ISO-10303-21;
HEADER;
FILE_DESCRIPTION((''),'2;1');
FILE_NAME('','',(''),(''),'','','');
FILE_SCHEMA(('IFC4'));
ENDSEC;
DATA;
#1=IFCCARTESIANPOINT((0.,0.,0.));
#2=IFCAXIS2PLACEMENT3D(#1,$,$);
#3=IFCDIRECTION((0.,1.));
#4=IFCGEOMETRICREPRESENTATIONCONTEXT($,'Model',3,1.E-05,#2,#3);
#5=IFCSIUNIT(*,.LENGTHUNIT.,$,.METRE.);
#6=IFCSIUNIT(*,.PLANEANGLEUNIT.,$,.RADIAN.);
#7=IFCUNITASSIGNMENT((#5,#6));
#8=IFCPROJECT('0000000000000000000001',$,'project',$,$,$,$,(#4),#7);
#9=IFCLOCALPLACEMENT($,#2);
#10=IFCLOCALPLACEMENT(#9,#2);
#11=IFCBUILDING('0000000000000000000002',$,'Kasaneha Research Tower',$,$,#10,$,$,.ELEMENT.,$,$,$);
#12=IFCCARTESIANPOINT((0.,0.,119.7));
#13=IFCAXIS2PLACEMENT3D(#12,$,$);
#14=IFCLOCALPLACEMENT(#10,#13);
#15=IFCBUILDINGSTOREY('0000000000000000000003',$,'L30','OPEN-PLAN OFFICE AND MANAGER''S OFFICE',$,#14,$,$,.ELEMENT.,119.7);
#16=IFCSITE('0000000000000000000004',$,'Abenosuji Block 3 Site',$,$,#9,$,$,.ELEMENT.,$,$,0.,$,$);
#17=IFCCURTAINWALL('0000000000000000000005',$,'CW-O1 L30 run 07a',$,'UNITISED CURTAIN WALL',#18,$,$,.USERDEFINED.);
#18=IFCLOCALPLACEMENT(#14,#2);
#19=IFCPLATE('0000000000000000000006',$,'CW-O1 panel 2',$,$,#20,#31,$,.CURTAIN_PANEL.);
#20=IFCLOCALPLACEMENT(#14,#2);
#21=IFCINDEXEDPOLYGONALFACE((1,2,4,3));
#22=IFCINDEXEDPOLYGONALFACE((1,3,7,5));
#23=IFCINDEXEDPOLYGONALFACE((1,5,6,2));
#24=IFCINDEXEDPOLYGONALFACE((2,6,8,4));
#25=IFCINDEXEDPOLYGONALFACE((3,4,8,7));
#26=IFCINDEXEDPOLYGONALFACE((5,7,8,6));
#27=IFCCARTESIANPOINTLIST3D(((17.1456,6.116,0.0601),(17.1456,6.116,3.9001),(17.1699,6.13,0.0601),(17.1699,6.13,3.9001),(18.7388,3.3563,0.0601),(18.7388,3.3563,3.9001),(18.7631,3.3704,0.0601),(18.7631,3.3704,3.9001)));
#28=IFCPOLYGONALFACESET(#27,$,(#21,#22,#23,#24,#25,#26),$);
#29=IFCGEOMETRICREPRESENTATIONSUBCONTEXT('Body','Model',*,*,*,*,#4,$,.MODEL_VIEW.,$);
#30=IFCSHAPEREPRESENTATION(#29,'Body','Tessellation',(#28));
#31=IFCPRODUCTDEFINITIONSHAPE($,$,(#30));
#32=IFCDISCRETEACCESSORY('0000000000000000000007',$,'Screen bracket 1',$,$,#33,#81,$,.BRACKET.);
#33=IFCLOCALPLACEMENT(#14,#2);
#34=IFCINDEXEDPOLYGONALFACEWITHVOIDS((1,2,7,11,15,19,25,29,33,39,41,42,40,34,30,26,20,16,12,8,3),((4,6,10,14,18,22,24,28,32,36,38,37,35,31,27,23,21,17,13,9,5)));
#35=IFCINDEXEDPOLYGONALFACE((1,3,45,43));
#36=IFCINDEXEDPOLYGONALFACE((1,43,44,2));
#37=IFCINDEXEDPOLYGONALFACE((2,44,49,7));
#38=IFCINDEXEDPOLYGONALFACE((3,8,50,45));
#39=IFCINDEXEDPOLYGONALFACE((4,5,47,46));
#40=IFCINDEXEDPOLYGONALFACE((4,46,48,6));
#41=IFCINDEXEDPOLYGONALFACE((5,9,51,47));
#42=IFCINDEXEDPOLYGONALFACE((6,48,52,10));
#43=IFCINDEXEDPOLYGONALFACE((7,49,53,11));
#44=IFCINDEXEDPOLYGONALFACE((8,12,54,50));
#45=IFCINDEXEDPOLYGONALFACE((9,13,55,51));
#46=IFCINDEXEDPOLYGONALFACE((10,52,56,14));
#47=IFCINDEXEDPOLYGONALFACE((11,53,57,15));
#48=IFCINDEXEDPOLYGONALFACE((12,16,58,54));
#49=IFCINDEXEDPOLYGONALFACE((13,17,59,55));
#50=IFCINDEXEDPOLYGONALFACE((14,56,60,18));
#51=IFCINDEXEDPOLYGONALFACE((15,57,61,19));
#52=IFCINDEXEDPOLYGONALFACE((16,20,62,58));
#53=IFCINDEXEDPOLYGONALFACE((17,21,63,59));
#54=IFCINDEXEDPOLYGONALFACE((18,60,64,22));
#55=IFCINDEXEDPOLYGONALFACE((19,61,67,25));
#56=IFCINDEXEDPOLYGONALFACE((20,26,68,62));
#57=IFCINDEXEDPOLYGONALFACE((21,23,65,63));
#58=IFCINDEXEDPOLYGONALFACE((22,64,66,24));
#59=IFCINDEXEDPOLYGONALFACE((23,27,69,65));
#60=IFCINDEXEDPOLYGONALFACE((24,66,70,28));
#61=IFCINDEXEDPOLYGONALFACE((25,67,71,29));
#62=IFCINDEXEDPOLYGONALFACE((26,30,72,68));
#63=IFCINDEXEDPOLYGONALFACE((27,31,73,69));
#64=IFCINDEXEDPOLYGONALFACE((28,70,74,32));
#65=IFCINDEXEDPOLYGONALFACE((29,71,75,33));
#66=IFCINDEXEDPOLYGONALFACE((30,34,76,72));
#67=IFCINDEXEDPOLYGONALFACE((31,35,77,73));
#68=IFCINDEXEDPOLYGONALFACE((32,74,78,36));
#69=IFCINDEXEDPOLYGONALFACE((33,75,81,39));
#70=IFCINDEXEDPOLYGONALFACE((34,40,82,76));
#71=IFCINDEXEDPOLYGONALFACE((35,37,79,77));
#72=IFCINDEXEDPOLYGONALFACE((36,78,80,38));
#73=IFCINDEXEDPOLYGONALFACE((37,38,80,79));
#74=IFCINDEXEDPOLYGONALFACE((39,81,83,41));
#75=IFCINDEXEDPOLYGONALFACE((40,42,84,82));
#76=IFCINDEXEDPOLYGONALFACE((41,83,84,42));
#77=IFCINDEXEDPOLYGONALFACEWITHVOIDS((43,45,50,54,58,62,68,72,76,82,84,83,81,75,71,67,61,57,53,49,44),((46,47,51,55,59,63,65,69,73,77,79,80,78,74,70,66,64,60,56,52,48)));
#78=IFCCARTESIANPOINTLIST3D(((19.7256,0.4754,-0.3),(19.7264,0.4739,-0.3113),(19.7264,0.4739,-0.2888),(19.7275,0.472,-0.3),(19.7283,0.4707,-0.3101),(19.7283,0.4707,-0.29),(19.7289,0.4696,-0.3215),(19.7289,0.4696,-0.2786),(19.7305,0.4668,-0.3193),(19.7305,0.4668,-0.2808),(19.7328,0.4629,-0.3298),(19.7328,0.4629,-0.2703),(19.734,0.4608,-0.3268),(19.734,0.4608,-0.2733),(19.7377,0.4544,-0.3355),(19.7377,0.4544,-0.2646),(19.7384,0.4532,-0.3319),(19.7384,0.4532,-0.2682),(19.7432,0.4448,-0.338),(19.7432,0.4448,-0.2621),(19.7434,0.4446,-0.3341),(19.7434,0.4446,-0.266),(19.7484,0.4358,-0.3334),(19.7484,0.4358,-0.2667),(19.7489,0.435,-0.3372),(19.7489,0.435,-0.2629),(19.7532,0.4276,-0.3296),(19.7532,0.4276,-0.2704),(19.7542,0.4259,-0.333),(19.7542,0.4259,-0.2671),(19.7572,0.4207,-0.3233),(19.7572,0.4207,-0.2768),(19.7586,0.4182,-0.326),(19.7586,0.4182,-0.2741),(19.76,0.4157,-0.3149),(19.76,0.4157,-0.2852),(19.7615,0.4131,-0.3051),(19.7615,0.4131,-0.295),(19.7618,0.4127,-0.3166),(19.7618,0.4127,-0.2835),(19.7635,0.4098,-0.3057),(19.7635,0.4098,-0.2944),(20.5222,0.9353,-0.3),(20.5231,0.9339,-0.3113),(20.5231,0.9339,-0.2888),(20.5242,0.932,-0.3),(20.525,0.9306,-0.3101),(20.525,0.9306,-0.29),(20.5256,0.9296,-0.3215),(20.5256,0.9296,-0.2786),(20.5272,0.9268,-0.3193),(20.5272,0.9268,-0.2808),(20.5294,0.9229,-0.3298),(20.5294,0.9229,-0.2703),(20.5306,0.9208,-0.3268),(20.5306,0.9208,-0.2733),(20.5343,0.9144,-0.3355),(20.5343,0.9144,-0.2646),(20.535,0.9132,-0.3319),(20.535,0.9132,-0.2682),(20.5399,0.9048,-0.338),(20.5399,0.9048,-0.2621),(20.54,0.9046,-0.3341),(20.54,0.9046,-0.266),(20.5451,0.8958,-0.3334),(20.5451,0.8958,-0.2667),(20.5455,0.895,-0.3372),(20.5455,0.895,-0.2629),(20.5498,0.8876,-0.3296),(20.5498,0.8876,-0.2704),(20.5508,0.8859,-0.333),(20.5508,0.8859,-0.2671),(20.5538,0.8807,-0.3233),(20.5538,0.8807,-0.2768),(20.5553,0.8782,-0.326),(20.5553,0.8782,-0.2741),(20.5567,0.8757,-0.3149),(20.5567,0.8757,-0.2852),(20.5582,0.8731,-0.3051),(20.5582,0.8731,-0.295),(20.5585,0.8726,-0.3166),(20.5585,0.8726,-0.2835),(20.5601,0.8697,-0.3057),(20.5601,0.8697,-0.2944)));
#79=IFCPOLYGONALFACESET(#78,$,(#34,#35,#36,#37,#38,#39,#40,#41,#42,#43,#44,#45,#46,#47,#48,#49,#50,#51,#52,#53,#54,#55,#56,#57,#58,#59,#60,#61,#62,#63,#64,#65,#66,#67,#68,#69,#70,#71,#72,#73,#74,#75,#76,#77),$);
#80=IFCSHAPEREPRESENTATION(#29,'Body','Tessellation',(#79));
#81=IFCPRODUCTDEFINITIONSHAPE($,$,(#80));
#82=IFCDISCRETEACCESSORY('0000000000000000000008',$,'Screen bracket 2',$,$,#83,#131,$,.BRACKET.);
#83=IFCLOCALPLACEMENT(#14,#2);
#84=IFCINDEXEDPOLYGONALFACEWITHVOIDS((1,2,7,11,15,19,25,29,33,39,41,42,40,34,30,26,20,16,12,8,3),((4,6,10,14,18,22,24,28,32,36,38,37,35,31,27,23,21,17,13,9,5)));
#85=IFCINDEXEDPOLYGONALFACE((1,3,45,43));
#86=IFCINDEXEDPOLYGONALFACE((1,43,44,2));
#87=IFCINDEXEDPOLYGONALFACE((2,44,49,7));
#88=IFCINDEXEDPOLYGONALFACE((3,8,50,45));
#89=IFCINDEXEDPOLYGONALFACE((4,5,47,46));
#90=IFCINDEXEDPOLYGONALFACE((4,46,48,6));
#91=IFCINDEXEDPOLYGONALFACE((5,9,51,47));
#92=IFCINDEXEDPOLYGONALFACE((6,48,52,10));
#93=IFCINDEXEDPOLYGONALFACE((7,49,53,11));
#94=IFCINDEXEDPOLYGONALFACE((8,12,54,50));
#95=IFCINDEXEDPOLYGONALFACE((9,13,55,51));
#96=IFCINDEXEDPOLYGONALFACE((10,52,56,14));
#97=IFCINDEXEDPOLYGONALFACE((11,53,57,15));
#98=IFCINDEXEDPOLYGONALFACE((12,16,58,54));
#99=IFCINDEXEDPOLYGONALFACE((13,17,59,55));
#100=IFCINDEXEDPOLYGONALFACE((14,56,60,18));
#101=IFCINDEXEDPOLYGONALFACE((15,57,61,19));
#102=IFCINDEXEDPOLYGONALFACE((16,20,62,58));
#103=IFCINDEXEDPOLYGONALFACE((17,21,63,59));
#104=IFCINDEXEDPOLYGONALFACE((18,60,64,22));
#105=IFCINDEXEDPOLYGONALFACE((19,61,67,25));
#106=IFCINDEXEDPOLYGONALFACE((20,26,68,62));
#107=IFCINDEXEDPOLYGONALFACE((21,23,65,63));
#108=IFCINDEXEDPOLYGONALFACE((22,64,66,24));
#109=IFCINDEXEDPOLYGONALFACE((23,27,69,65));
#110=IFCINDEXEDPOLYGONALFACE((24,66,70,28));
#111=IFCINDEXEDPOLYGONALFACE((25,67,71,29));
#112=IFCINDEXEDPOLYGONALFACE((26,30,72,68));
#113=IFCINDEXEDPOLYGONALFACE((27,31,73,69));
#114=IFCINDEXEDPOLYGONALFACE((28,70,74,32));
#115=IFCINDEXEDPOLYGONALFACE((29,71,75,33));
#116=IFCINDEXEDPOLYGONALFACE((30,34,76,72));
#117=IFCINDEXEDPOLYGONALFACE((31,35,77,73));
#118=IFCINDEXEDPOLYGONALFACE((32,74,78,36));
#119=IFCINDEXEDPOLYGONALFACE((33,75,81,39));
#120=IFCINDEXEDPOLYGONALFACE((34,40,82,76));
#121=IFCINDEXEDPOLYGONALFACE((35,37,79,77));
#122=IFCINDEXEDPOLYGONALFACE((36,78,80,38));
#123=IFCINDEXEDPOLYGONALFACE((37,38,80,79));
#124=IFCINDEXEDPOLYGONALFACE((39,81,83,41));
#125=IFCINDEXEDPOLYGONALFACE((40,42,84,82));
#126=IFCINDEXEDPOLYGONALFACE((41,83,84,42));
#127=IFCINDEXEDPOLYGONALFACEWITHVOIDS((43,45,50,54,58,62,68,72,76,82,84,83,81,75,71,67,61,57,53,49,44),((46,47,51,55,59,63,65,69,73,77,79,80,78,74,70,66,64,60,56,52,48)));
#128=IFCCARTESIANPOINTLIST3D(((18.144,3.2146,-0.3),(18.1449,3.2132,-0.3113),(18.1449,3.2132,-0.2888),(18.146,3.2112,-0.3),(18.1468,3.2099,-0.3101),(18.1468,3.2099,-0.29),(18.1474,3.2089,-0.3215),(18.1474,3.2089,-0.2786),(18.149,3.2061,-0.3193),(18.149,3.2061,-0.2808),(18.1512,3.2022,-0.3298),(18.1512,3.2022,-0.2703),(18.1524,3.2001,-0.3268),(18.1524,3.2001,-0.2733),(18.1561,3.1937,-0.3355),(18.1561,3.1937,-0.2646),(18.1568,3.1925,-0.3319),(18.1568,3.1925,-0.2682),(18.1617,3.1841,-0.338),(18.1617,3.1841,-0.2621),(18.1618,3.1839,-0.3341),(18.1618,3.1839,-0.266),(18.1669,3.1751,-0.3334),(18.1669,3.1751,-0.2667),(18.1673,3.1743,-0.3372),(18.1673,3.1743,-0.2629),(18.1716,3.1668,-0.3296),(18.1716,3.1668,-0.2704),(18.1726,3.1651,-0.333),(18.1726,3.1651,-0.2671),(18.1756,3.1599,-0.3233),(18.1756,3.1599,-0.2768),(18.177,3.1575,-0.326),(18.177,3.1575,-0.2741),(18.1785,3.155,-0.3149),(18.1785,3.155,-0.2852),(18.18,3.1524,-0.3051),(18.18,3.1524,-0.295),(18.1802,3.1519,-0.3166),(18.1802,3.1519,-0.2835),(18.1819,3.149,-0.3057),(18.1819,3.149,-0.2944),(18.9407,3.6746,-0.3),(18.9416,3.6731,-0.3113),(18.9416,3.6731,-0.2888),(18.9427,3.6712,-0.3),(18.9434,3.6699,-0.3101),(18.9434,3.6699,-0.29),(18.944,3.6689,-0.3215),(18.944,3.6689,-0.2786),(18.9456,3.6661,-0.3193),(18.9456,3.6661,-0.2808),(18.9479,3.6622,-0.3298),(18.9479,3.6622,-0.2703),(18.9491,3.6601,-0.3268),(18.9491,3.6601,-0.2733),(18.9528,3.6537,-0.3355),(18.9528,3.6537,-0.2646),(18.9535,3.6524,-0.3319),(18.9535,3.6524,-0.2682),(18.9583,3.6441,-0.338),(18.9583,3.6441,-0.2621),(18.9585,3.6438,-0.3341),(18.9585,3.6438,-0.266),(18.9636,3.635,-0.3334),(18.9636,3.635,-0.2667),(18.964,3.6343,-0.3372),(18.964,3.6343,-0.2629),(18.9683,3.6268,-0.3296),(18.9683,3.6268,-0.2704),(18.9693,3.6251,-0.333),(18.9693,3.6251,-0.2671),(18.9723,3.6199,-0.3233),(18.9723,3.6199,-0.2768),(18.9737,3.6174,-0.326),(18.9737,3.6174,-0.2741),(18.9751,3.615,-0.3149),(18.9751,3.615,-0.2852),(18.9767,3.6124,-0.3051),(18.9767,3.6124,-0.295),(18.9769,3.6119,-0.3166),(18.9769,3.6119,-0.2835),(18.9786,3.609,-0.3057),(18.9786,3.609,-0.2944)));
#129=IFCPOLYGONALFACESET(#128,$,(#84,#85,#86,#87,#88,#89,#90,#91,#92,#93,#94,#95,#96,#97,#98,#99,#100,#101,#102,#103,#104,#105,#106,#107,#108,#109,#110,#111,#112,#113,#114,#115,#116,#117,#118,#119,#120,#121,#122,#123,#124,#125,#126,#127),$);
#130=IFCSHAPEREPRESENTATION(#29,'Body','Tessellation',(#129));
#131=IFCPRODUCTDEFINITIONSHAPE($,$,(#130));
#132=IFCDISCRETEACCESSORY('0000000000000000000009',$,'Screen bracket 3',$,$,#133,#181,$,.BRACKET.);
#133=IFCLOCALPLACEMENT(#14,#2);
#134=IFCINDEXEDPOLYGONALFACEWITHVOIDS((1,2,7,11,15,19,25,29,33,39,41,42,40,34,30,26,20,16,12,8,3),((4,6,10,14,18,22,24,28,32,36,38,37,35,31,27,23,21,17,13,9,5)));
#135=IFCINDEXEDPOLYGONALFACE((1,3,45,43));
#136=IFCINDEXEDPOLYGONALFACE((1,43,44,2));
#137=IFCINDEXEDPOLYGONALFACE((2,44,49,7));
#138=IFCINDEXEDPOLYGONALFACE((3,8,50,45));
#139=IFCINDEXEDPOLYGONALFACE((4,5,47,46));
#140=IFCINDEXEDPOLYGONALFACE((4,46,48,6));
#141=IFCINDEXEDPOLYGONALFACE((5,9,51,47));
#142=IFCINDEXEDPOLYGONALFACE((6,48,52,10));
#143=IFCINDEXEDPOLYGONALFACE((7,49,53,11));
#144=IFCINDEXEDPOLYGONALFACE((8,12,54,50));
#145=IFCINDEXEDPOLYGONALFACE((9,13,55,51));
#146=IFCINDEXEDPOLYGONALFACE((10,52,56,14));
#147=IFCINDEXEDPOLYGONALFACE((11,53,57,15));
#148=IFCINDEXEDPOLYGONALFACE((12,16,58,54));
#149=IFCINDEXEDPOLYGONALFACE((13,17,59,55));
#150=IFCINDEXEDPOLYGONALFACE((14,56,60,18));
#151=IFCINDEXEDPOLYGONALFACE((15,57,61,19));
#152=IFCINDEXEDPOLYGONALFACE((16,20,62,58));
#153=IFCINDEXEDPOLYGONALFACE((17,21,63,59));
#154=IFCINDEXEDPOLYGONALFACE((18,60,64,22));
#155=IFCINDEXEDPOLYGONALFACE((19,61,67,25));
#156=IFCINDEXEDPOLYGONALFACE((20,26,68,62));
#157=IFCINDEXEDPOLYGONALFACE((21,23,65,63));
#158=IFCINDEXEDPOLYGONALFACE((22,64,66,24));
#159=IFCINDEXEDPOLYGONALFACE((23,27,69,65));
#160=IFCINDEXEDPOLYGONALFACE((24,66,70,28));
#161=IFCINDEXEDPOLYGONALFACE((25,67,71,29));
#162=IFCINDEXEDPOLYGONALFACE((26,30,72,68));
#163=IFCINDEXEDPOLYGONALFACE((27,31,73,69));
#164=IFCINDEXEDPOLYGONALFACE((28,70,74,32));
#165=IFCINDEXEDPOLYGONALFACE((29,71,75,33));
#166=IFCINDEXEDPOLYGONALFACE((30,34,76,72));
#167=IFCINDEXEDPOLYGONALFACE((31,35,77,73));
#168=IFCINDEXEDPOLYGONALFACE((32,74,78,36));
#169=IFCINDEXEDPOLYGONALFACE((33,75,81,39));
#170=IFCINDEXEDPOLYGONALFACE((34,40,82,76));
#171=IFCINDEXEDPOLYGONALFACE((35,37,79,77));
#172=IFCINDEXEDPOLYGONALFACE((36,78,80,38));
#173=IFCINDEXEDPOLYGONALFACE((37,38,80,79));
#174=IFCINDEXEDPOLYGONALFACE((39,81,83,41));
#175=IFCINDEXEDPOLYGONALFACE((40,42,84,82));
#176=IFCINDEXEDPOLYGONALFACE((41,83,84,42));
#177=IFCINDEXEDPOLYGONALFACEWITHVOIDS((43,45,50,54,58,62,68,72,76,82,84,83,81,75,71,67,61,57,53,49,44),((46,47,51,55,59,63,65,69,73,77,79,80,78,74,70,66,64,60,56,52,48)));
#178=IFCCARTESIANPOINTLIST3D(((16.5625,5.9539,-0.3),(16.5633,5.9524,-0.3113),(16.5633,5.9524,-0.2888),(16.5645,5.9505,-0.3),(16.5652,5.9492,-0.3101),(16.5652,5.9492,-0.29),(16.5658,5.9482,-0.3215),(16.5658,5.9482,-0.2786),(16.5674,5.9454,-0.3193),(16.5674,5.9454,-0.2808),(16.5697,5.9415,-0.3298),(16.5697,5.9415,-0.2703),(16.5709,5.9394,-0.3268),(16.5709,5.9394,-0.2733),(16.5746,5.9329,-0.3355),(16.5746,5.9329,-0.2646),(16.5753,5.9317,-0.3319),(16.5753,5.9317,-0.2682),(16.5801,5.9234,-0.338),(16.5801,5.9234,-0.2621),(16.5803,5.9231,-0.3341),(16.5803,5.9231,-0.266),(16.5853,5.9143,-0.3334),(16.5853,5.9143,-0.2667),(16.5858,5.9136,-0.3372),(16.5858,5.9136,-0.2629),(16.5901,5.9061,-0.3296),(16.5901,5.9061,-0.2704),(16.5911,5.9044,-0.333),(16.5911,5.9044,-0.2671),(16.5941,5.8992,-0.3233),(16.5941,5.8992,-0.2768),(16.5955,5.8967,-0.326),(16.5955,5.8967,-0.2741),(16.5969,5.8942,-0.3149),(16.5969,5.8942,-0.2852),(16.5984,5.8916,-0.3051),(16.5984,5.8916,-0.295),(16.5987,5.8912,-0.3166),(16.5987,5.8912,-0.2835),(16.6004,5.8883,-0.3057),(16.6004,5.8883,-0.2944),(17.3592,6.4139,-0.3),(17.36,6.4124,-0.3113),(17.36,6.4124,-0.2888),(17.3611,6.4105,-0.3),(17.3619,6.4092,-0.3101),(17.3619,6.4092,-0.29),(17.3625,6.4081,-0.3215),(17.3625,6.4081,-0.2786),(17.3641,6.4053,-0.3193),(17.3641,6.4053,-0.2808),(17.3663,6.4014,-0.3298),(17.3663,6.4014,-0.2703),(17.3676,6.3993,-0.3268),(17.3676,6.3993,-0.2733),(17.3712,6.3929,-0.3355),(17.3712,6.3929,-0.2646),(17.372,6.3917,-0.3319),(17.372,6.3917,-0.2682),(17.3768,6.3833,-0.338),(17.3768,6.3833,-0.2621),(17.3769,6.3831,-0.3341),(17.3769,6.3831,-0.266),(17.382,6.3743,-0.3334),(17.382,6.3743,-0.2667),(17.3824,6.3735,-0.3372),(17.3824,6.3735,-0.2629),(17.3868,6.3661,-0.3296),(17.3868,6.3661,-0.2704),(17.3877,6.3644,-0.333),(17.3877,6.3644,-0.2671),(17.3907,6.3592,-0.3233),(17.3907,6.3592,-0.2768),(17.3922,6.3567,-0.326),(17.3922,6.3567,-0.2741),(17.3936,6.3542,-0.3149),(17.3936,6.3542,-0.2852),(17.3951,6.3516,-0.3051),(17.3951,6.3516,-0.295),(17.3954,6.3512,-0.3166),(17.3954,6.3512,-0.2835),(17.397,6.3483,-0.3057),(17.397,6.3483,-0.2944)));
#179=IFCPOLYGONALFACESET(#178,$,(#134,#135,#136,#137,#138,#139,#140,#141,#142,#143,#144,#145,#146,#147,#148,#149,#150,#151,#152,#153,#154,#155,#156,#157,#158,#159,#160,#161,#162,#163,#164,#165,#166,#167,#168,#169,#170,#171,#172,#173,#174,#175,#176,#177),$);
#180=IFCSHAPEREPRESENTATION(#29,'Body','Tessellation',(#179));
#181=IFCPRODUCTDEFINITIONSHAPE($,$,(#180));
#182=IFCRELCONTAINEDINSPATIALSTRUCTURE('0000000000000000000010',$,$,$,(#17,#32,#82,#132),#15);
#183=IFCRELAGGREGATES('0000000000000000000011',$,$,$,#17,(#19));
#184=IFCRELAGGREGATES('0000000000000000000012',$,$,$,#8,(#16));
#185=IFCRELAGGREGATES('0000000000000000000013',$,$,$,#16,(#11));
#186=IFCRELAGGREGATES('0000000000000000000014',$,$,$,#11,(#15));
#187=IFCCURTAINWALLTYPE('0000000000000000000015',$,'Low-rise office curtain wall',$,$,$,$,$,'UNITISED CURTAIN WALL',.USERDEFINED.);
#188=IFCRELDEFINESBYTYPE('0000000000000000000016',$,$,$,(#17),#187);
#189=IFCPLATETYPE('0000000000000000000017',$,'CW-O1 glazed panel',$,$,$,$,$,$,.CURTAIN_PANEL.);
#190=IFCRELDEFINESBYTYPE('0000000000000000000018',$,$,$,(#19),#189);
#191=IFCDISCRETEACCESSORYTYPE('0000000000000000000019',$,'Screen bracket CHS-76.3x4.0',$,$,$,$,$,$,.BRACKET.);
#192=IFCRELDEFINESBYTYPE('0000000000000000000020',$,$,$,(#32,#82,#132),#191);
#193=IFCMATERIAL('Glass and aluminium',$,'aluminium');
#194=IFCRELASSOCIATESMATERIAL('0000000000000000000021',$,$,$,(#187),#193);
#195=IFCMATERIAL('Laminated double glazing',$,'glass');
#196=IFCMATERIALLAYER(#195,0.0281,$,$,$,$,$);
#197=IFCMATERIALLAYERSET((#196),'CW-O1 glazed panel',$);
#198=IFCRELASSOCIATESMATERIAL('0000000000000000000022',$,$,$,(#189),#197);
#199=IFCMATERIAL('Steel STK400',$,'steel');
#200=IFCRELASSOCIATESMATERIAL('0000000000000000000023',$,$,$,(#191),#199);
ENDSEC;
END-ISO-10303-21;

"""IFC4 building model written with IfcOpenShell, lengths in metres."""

from ifc_helpers import new_model, si_unit, direction, frame, origin, origin_2d, place, context, subcontext, project, spatial, rectangle, hollow_circle, extrude, material, layer, layer_set, material_profile, profile_set, type_object, element, aggregate, save


model = new_model("IFC4")

# Units and contexts
model_context = context("Model", 3, precision=1e-05, world=origin(), true_north=direction((0.0, 1.0)))
body_context = subcontext(model_context, "Body", "Model", "MODEL_VIEW")
ifc_project = project(units=[si_unit("LENGTHUNIT", "METRE"), si_unit("PLANEANGLEUNIT", "RADIAN")], contexts=[model_context])

# Site, building, storey
site_placement = place(None, origin())
site = spatial("IfcSite", under=ifc_project, at=site_placement, Name="Abenosuji Block 3 Site", CompositionType="ELEMENT", RefElevation=0.0)
building_placement = place(site_placement, origin())
building = spatial("IfcBuilding", under=site, at=building_placement, Name="Kasaneha Research Tower", CompositionType="ELEMENT")
storey_placement = place(building_placement, frame((0.0, 0.0, 119.7)))
storey = spatial("IfcBuildingStorey", under=building, at=storey_placement, Name="L30", Description="OPEN-PLAN OFFICE AND MANAGER'S OFFICE", CompositionType="ELEMENT", Elevation=119.7)

# Shared definitions
ifc_material_1 = material(Name="Glass and aluminium", Category="aluminium")
curtain_wall_type = type_object("IfcCurtainWallType", Name="Low-rise office curtain wall", ElementType="UNITISED CURTAIN WALL", PredefinedType="USERDEFINED", material=ifc_material_1)

# Curtain wall
curtain_wall_1_placement = place(storey_placement, origin())
curtain_wall_1 = element("IfcCurtainWall", 1, at=curtain_wall_1_placement, inside=storey, type_object=curtain_wall_type, Name="CW-O1 L30 run 07a", ObjectType="UNITISED CURTAIN WALL", PredefinedType="USERDEFINED")

# Plate
ifc_material_2 = material(Name="Laminated double glazing", Category="glass")
ifc_layer = layer(ifc_material_2, 0.0281)
ifc_layer_set = layer_set([ifc_layer], Name="CW-O1 glazed panel")
plate_type = type_object("IfcPlateType", Name="CW-O1 glazed panel", PredefinedType="CURTAIN_PANEL", material=ifc_layer_set)
plate_1_placement = place(storey_placement, frame((17.9543, 4.7432, 0.0601), z_axis=(0.0, 0.0, 1.0), x_axis=(-0.5, 0.866025, 0.0)))
plate_1 = element("IfcPlate", 2, at=plate_1_placement, type_object=plate_type, Name="CW-O1 panel 2", PredefinedType="CURTAIN_PANEL", context=body_context, shape_type="SweptSolid", body=[
    extrude(rectangle(XDim=3.1865, YDim=0.0281, at=origin_2d()), origin(), (0.0, 0.0, 1.0), 3.8401),
])
aggregate(curtain_wall_1, [plate_1])

# Discrete accessories
ifc_material_3 = material(Name="Steel STK400", Category="steel")
ifc_material_profile_1 = material_profile(ifc_material_3, hollow_circle(Radius=0.0381, WallThickness=0.0039, at=origin_2d()), Name="CHS-76.3x4.0")
ifc_profile_set_1 = profile_set([ifc_material_profile_1], Name="Steel STK400")
discrete_accessory_type = type_object("IfcDiscreteAccessoryType", Name="Screen bracket CHS-76.3x4.0", PredefinedType="BRACKET", material=ifc_profile_set_1)
for number, where, z_axis, x_axis, name in (
    (3, (19.7446, 0.4424, -0.3), (0.866013, 0.500021, 0.0), (-0.500021, 0.866013, 0.0), "Screen bracket 1"),
    (4, (18.1631, 3.1816, -0.3), (0.866013, 0.500021, 0.0), (-0.500021, 0.866013, 0.0), "Screen bracket 2"),
    (5, (16.5815, 5.9209, -0.3), (0.866013, 0.500021, 0.0), (-0.500021, 0.866013, 0.0), "Screen bracket 3"),
):
    element("IfcDiscreteAccessory", number, at=place(storey_placement, frame(where, z_axis=z_axis, x_axis=x_axis)), inside=storey, type_object=discrete_accessory_type, Name=name, PredefinedType="BRACKET", context=body_context, shape_type="SweptSolid", body=[
        extrude(hollow_circle(Radius=0.0381, WallThickness=0.0039, at=origin_2d()), origin(), (0.0, 0.0, 1.0), 0.9199),
    ])

save(model, "model.ifc")
